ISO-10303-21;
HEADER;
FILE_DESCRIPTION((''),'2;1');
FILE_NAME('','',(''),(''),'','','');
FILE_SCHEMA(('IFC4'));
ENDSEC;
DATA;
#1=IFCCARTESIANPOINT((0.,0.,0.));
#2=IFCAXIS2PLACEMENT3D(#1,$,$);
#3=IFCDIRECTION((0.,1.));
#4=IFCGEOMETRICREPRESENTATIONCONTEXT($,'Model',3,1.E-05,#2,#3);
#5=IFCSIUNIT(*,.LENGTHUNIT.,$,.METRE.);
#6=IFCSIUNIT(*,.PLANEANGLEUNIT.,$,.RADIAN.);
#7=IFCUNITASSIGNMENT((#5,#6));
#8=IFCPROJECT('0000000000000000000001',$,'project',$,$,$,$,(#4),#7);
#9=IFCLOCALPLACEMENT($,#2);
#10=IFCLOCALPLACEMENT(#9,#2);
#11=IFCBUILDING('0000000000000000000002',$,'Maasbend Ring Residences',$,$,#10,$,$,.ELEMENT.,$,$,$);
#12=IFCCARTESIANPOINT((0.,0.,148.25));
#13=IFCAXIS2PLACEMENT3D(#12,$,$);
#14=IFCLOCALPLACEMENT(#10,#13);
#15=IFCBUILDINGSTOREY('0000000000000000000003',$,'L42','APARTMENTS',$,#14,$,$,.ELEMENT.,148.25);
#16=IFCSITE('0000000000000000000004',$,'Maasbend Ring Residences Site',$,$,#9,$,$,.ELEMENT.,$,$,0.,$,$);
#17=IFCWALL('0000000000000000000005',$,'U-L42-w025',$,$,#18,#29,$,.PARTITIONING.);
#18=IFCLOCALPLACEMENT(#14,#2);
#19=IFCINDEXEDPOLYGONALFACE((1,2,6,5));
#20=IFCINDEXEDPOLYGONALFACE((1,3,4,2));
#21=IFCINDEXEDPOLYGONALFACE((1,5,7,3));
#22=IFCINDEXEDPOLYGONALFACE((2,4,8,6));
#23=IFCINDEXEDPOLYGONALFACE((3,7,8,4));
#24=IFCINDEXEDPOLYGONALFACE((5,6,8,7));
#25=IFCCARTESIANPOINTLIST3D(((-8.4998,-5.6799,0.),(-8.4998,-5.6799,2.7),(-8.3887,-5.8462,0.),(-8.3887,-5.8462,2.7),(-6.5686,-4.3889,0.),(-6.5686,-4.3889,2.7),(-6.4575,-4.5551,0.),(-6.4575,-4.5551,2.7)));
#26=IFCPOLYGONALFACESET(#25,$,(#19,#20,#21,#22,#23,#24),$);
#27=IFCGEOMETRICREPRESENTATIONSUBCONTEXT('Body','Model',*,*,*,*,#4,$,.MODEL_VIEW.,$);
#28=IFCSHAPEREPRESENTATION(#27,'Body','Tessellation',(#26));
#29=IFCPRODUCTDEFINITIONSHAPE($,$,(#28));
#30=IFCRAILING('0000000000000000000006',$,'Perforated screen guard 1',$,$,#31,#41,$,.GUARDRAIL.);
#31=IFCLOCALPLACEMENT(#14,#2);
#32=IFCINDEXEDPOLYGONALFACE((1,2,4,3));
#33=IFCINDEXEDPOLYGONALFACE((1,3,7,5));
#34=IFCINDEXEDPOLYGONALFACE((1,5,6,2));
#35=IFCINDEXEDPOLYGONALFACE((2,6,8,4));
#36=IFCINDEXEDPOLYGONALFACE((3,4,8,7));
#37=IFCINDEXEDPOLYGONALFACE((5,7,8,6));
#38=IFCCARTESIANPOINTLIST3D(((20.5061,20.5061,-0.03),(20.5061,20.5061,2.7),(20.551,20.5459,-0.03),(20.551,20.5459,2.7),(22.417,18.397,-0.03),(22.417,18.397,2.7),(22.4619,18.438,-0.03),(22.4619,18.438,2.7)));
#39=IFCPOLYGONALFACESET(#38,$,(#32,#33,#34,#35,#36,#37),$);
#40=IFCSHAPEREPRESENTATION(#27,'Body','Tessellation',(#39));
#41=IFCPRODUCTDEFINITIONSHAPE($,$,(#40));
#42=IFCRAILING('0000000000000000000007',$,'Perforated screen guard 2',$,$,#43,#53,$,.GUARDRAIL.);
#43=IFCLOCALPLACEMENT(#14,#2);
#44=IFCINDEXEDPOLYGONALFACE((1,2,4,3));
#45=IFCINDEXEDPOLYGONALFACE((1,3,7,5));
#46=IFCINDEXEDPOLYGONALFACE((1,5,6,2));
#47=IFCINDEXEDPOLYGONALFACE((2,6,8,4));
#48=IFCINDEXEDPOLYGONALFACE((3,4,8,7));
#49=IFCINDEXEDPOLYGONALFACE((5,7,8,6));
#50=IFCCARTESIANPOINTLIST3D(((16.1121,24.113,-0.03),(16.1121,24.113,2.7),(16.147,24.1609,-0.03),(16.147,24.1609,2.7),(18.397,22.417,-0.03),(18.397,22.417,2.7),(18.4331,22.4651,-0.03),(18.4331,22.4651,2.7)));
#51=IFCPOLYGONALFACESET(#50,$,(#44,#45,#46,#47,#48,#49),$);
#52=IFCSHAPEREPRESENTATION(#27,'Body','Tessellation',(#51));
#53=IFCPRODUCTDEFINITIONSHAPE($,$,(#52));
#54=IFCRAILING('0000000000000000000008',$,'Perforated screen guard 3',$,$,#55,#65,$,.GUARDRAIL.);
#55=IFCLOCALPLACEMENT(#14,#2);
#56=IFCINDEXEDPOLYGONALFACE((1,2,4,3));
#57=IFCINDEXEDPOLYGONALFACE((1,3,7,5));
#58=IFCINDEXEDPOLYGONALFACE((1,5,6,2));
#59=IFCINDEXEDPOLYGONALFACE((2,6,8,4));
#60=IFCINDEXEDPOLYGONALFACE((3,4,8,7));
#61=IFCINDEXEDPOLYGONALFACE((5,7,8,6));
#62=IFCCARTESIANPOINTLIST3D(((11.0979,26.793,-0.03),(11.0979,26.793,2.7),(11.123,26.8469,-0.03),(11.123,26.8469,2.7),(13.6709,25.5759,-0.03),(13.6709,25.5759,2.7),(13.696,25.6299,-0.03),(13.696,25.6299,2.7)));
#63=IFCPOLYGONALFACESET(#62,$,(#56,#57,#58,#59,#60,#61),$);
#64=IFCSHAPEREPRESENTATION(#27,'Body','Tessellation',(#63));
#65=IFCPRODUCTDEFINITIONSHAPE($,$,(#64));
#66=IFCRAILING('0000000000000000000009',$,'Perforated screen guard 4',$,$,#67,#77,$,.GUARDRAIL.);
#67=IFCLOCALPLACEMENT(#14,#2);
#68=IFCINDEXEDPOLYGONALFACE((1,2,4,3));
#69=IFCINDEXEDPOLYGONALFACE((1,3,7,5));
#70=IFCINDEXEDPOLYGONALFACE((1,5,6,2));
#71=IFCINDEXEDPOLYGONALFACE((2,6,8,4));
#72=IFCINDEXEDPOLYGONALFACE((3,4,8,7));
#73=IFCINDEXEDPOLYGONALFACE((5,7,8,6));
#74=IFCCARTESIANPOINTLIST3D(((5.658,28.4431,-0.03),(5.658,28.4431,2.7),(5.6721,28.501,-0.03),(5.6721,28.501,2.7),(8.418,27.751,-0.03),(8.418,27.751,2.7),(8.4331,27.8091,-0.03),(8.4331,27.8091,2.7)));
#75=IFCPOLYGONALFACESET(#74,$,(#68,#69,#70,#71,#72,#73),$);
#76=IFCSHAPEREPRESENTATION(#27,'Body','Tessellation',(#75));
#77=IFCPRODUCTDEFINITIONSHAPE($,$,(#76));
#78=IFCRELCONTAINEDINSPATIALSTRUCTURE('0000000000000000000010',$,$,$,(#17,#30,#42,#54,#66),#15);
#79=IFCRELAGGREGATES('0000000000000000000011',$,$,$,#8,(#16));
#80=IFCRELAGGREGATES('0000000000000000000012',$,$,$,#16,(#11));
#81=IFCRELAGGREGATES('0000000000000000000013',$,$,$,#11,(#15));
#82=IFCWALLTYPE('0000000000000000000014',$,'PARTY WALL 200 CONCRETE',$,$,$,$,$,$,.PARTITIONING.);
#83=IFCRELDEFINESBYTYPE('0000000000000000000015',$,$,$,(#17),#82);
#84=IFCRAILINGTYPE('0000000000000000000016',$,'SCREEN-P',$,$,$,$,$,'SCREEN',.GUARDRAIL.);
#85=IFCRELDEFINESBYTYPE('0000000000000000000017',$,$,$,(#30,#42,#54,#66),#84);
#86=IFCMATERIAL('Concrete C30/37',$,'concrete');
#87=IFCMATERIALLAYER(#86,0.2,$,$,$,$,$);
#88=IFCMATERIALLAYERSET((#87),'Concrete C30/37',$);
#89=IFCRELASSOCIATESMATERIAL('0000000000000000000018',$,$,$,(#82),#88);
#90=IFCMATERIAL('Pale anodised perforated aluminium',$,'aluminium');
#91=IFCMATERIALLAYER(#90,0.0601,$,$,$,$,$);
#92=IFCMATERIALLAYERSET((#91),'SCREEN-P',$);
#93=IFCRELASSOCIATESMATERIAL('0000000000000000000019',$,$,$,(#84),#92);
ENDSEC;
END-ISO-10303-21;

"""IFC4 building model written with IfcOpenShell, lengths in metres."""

from ifc_helpers import new_model, si_unit, direction, frame, frame_2d, origin, place, context, subcontext, project, spatial, polyline, rectangle, outline, extrude, material, layer, layer_set, type_object, element, save


model = new_model("IFC4")

# Units and contexts
model_context = context("Model", 3, precision=1e-05, world=origin(), true_north=direction((0.0, 1.0)))
body_context = subcontext(model_context, "Body", "Model", "MODEL_VIEW")
ifc_project = project(units=[si_unit("LENGTHUNIT", "METRE"), si_unit("PLANEANGLEUNIT", "RADIAN")], contexts=[model_context])

# Site, building, storey
site_placement = place(None, origin())
site = spatial("IfcSite", under=ifc_project, at=site_placement, Name="Maasbend Ring Residences Site", CompositionType="ELEMENT", RefElevation=0.0)
building_placement = place(site_placement, origin())
building = spatial("IfcBuilding", under=site, at=building_placement, Name="Maasbend Ring Residences", CompositionType="ELEMENT")
storey_placement = place(building_placement, frame((0.0, 0.0, 148.25)))
storey = spatial("IfcBuildingStorey", under=building, at=storey_placement, Name="L42", Description="APARTMENTS", CompositionType="ELEMENT", Elevation=148.25)

# Wall
ifc_material_1 = material(Name="Concrete C30/37", Category="concrete")
ifc_layer_1 = layer(ifc_material_1, 0.2)
ifc_layer_set_1 = layer_set([ifc_layer_1], Name="Concrete C30/37")
wall_type = type_object("IfcWallType", Name="PARTY WALL 200 CONCRETE", PredefinedType="PARTITIONING", material=ifc_layer_set_1)
wall_placement = place(storey_placement, frame((-6.5129, -4.4719, 0.0), z_axis=(0.0, 0.0, 1.0), x_axis=(-0.831338, -0.555767, 0.0)))
element("IfcWall", 1, at=wall_placement, inside=storey, type_object=wall_type, Name="U-L42-w025", PredefinedType="PARTITIONING", context=body_context, shape_type="SweptSolid", body=[
    extrude(rectangle(XDim=2.323, YDim=0.2, at=frame_2d((1.1616, 0.0))), origin(), (0.0, 0.0, 1.0), 2.7),
])

# Railings
ifc_material_2 = material(Name="Pale anodised perforated aluminium", Category="aluminium")
ifc_layer_2 = layer(ifc_material_2, 0.0601)
ifc_layer_set_2 = layer_set([ifc_layer_2], Name="SCREEN-P")
railing_type = type_object("IfcRailingType", Name="SCREEN-P", ElementType="SCREEN", PredefinedType="GUARDRAIL", material=ifc_layer_set_2)
railing_1_placement = place(storey_placement, frame((0.0, 0.0, -0.03)))
element("IfcRailing", 2, at=railing_1_placement, inside=storey, type_object=railing_type, Name="Perforated screen guard 1", PredefinedType="GUARDRAIL", context=body_context, shape_type="SweptSolid", body=[
    extrude(outline(polyline([(22.417, 18.397), (20.5061, 20.5061), (20.551, 20.5459), (22.4619, 18.438), (22.417, 18.397)])), origin(), (0.0, 0.0, 1.0), 2.73),
])
railing_2_placement = place(storey_placement, frame((0.0, 0.0, -0.03)))
element("IfcRailing", 3, at=railing_2_placement, inside=storey, type_object=railing_type, Name="Perforated screen guard 2", PredefinedType="GUARDRAIL", context=body_context, shape_type="SweptSolid", body=[
    extrude(outline(polyline([(18.397, 22.417), (16.1121, 24.113), (16.147, 24.1609), (18.4331, 22.4651), (18.397, 22.417)])), origin(), (0.0, 0.0, 1.0), 2.73),
])
railing_3_placement = place(storey_placement, frame((0.0, 0.0, -0.03)))
element("IfcRailing", 4, at=railing_3_placement, inside=storey, type_object=railing_type, Name="Perforated screen guard 3", PredefinedType="GUARDRAIL", context=body_context, shape_type="SweptSolid", body=[
    extrude(outline(polyline([(13.6709, 25.5759), (11.0979, 26.793), (11.123, 26.8469), (13.696, 25.6299), (13.6709, 25.5759)])), origin(), (0.0, 0.0, 1.0), 2.73),
])
railing_4_placement = place(storey_placement, frame((0.0, 0.0, -0.03)))
element("IfcRailing", 5, at=railing_4_placement, inside=storey, type_object=railing_type, Name="Perforated screen guard 4", PredefinedType="GUARDRAIL", context=body_context, shape_type="SweptSolid", body=[
    extrude(outline(polyline([(8.418, 27.751), (5.658, 28.4431), (5.6721, 28.501), (8.4331, 27.8091), (8.418, 27.751)])), origin(), (0.0, 0.0, 1.0), 2.73),
])

save(model, "model.ifc")
